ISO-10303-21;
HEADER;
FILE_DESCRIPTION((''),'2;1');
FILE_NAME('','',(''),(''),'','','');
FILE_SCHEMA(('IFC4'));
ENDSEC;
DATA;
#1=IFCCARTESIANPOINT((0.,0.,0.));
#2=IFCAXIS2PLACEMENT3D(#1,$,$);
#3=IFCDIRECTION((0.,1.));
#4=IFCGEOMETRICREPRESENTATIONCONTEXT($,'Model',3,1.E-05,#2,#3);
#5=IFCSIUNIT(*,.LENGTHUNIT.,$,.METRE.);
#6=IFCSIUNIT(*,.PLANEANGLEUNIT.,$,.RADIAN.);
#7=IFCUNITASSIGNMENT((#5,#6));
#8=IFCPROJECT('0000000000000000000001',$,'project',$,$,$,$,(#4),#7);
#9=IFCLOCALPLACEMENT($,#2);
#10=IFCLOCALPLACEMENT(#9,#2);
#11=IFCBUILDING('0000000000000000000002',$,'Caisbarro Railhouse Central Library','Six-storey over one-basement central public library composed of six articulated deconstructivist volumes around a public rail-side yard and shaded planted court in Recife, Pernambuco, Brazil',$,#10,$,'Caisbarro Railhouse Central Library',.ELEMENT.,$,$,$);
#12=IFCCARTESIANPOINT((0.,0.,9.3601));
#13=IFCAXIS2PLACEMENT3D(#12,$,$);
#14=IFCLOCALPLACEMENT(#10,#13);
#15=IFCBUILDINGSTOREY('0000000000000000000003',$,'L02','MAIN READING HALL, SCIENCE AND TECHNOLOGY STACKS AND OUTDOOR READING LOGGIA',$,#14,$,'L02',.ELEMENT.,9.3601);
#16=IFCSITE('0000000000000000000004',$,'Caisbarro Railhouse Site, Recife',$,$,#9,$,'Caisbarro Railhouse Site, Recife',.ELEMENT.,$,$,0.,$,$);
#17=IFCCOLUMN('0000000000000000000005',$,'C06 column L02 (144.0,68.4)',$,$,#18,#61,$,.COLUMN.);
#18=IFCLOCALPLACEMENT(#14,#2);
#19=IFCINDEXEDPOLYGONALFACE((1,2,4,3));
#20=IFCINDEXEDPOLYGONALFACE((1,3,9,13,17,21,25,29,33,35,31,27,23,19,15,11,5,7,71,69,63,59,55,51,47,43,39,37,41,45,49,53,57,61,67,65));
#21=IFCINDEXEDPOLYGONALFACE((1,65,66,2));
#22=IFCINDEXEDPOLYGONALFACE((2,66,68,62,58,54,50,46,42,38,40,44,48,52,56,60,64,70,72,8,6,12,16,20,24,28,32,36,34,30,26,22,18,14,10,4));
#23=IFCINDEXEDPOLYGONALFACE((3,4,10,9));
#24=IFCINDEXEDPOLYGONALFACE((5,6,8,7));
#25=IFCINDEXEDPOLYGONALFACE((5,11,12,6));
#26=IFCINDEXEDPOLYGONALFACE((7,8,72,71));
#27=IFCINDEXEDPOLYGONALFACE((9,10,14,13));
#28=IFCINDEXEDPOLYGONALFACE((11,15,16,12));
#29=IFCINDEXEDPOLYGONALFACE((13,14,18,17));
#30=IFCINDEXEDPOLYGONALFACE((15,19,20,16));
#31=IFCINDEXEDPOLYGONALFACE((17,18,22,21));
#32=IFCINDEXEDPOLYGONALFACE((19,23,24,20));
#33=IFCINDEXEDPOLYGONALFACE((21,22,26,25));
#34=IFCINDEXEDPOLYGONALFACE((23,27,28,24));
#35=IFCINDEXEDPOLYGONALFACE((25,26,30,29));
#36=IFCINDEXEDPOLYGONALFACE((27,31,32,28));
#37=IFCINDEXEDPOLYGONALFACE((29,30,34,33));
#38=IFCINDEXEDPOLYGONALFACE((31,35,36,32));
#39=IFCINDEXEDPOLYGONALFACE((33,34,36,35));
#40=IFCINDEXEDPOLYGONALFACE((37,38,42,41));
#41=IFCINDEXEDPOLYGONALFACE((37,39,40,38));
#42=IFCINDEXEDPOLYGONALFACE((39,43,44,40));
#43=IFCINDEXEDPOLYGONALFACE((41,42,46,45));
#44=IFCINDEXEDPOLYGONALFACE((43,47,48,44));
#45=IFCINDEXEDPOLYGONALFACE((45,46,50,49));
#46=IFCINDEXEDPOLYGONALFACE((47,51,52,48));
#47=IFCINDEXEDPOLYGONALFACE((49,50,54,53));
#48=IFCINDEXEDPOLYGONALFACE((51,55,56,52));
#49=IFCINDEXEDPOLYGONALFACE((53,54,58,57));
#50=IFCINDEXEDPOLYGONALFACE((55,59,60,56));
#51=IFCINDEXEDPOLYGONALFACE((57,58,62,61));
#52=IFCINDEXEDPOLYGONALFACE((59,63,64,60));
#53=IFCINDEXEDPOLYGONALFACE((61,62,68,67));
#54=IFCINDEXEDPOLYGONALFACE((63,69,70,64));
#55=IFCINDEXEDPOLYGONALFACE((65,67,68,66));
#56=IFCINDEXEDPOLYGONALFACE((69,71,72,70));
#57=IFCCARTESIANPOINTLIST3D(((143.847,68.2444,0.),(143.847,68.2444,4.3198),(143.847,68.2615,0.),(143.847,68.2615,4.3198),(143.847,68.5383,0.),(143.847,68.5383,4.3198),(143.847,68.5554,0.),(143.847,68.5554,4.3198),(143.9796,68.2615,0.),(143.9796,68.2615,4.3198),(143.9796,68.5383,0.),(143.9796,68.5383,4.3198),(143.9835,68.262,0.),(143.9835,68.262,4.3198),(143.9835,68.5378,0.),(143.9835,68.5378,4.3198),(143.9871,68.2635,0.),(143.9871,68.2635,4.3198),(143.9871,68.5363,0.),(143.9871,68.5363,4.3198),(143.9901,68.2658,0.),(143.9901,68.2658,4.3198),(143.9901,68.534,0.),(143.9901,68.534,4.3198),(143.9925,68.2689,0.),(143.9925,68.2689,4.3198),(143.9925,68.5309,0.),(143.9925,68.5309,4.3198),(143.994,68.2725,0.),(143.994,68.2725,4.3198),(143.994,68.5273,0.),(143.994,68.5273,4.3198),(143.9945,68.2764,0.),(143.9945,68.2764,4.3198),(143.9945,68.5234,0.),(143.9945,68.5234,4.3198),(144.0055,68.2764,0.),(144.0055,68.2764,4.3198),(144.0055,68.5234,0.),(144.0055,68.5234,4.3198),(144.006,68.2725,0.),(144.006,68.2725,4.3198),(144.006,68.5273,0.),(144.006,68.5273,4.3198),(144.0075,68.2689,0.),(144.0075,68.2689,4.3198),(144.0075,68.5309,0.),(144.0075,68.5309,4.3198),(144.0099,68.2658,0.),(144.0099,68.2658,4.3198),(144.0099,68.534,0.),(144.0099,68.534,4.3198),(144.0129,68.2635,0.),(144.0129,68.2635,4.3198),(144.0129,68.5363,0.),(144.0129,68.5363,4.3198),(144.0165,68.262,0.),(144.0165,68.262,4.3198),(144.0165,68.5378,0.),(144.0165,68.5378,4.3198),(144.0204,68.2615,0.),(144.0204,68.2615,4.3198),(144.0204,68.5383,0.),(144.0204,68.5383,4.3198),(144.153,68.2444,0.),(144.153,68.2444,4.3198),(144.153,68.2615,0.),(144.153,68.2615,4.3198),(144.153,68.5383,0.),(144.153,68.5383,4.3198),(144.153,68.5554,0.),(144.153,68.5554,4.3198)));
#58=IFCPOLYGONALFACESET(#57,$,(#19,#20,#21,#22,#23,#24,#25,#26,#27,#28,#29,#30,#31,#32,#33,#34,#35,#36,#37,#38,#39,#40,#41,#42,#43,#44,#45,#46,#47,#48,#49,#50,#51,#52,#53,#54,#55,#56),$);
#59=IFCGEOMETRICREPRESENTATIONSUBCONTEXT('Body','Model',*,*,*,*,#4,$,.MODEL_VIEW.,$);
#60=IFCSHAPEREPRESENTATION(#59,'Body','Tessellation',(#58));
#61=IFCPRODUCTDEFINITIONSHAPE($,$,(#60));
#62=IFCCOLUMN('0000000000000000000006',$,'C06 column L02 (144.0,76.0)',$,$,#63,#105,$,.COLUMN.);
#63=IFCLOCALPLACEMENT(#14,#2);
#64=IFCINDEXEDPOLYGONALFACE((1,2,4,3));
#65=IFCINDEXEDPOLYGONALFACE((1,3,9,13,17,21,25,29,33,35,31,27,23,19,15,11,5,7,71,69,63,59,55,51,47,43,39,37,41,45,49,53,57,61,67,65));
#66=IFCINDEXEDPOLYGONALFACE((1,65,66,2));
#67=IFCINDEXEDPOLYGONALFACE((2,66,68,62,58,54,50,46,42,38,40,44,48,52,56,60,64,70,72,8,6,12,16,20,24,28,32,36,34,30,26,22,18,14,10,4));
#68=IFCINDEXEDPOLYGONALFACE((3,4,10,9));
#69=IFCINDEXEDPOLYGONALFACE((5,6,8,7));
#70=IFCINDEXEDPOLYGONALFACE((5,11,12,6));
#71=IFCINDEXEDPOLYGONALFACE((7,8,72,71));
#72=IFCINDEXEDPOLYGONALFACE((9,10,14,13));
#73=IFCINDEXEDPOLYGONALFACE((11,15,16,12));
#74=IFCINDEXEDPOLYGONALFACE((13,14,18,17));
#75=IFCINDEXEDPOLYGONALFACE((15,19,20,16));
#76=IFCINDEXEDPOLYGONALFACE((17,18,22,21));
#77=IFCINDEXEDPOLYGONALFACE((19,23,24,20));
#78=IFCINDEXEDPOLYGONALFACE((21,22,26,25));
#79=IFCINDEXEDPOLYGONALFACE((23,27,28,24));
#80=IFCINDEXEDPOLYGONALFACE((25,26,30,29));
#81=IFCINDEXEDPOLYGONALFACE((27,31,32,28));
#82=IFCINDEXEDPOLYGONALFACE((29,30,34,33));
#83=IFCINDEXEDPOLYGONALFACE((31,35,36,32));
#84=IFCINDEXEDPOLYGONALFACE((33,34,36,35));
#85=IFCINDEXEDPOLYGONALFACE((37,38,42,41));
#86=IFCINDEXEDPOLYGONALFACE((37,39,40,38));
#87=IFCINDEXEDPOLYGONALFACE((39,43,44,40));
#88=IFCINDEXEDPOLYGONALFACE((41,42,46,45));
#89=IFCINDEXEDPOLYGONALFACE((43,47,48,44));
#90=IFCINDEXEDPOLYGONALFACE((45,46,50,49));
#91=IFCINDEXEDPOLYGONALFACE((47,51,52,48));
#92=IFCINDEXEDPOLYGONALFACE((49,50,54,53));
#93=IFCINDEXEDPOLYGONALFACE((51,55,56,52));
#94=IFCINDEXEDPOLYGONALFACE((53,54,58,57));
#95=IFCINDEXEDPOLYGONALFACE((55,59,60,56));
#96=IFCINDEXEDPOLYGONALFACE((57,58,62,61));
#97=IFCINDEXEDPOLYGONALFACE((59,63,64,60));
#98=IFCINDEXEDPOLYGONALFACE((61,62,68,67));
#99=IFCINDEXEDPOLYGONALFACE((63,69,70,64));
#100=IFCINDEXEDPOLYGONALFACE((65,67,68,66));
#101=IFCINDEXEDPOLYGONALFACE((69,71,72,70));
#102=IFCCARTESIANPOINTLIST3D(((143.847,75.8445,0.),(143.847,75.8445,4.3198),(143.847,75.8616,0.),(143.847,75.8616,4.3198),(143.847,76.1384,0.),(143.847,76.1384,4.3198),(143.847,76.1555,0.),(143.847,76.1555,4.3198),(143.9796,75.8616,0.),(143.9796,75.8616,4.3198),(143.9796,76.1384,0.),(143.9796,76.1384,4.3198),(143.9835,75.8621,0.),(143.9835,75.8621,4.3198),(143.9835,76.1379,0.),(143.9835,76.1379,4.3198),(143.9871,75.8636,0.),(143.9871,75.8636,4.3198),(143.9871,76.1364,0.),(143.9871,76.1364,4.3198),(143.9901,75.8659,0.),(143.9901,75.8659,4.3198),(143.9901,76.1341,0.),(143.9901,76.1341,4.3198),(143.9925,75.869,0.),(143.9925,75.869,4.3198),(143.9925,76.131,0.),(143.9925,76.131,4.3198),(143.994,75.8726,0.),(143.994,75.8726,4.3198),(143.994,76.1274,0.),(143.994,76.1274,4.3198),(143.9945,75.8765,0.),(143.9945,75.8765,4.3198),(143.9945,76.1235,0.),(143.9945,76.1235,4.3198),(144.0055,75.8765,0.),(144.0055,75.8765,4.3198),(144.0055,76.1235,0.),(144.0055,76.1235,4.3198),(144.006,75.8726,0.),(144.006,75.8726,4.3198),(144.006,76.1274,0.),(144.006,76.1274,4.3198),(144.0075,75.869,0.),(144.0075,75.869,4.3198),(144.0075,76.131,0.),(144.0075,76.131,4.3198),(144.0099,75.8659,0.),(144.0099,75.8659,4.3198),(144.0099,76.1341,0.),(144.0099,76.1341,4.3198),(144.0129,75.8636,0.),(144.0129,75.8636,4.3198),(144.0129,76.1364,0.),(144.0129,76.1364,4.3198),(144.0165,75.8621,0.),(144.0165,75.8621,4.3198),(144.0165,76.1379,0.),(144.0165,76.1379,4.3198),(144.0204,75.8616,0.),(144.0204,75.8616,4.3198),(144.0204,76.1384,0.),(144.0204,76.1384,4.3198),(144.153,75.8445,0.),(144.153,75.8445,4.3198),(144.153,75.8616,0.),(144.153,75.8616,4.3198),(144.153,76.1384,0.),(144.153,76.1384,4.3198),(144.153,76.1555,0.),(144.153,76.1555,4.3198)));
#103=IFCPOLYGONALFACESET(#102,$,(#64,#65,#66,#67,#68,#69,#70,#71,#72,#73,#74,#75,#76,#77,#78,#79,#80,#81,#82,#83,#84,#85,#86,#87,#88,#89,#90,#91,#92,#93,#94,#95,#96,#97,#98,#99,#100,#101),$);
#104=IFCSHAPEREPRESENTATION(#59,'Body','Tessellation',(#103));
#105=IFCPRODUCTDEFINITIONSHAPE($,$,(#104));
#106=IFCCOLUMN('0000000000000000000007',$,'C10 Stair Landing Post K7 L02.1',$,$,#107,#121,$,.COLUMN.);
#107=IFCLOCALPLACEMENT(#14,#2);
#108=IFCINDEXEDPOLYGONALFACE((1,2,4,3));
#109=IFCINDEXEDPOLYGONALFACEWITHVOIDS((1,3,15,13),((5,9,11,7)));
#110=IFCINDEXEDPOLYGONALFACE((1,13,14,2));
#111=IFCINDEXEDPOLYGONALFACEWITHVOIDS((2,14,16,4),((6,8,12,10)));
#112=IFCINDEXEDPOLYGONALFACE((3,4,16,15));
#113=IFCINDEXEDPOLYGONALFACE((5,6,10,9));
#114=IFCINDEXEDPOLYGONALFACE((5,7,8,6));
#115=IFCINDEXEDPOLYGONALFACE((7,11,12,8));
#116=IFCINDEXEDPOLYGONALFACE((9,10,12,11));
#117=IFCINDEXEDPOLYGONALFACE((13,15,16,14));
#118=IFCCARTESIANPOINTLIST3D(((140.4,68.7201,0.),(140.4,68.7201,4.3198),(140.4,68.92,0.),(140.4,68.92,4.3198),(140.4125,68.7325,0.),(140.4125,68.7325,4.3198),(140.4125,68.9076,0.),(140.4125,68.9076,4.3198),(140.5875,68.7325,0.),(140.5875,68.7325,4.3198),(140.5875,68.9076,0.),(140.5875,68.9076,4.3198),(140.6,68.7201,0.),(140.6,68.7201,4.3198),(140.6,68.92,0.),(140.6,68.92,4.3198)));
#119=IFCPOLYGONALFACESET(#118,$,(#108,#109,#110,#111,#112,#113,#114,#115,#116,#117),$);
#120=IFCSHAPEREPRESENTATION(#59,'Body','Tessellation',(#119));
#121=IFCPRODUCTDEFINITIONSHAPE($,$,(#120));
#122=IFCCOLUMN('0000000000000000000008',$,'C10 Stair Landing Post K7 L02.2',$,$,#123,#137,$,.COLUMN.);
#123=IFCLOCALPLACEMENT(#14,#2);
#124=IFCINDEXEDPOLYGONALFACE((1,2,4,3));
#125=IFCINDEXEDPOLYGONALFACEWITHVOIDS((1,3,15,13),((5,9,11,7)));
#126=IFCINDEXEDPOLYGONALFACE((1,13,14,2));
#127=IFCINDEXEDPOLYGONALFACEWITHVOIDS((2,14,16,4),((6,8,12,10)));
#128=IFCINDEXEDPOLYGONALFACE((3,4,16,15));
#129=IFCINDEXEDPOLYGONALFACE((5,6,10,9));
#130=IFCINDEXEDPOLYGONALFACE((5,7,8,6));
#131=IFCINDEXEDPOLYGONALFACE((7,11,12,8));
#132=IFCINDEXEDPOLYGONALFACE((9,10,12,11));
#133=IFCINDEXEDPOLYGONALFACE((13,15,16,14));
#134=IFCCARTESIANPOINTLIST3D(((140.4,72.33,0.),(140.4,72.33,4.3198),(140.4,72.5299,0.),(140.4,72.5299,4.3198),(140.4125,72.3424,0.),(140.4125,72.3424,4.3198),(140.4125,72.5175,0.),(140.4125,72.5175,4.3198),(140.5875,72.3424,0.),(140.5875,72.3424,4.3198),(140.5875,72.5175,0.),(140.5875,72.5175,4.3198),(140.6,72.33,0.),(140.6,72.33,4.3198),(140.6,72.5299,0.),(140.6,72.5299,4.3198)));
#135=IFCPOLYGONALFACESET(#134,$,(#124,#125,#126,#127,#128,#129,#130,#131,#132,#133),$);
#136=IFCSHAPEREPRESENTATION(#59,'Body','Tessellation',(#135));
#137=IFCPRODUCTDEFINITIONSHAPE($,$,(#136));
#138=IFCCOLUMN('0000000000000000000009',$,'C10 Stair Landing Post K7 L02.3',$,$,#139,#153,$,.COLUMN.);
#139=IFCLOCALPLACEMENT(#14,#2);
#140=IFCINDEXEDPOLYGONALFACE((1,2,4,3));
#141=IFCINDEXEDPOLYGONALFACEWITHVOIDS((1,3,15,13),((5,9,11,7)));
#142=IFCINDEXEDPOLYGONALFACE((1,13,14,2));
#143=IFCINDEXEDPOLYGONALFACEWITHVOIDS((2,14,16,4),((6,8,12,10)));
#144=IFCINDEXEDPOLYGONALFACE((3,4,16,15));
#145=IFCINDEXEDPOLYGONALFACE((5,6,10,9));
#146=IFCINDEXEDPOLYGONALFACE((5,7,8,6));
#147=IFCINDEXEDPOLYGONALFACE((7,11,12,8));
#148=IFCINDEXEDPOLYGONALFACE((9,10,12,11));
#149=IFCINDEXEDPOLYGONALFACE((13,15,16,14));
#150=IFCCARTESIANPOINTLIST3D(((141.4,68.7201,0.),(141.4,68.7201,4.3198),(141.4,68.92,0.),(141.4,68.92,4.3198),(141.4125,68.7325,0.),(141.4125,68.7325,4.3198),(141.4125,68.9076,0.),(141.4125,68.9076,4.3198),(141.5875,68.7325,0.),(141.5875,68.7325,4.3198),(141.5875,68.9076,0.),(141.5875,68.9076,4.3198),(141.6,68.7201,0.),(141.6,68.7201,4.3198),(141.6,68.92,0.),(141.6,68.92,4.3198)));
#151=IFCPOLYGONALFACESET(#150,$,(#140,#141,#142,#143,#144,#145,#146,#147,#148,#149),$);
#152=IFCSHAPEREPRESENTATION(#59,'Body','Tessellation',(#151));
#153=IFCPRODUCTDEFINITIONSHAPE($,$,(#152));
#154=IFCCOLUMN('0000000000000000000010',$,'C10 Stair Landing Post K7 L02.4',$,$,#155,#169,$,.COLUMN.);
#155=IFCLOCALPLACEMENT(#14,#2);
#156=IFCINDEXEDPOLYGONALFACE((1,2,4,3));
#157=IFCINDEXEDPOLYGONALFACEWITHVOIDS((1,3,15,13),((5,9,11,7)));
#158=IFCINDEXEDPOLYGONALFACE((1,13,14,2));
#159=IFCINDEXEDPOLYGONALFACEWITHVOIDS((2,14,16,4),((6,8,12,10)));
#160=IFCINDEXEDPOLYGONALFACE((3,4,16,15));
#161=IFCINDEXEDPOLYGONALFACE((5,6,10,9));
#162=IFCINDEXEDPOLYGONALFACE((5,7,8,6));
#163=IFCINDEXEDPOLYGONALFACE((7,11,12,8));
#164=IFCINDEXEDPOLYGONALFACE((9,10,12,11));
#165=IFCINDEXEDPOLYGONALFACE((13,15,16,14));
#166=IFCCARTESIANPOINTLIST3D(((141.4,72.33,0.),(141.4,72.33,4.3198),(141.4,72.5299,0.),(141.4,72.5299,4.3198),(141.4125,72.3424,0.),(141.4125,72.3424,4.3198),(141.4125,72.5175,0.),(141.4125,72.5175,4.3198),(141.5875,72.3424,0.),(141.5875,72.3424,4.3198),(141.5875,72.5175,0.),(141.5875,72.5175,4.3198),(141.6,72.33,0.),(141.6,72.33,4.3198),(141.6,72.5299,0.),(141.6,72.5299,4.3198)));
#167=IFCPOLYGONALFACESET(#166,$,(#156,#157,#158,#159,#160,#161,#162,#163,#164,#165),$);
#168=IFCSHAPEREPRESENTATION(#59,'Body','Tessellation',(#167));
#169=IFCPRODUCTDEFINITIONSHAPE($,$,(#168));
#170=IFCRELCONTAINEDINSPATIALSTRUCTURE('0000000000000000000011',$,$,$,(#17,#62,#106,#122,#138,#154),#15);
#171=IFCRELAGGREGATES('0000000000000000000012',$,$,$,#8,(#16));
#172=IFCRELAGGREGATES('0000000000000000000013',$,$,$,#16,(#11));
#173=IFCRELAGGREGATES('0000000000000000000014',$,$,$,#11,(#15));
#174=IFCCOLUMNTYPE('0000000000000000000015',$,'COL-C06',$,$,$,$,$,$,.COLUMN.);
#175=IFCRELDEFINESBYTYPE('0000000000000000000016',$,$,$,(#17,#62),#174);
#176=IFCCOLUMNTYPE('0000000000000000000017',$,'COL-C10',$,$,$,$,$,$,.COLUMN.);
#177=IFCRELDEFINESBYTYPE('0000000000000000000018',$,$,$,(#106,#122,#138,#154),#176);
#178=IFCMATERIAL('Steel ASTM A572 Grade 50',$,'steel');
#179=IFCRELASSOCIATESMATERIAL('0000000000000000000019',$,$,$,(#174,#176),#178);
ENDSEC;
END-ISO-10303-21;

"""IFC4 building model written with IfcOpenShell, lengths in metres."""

from ifc_helpers import new_model, si_unit, direction, frame, origin, origin_2d, place, context, subcontext, project, spatial, hollow_rectangle, i_section, extrude, material, material_profile, profile_set, type_object, element, save


model = new_model("IFC4")

# Units and contexts
model_context = context("Model", 3, precision=1e-05, world=origin(), true_north=direction((0.0, 1.0)))
body_context = subcontext(model_context, "Body", "Model", "MODEL_VIEW")
ifc_project = project(units=[si_unit("LENGTHUNIT", "METRE"), si_unit("PLANEANGLEUNIT", "RADIAN")], contexts=[model_context])

# Site, building, storey
site_placement = place(None, origin())
site = spatial("IfcSite", under=ifc_project, at=site_placement, Name="Caisbarro Railhouse Site, Recife", LongName="Caisbarro Railhouse Site, Recife", CompositionType="ELEMENT", RefElevation=0.0)
building_placement = place(site_placement, origin())
building = spatial("IfcBuilding", under=site, at=building_placement, Name="Caisbarro Railhouse Central Library", Description="Six-storey over one-basement central public library composed of six articulated deconstructivist volumes around a public rail-side yard and shaded planted court in Recife, Pernambuco, Brazil", LongName="Caisbarro Railhouse Central Library", CompositionType="ELEMENT")
storey_placement = place(building_placement, frame((0.0, 0.0, 9.3601)))
storey = spatial("IfcBuildingStorey", under=building, at=storey_placement, Name="L02", Description="MAIN READING HALL, SCIENCE AND TECHNOLOGY STACKS AND OUTDOOR READING LOGGIA", LongName="L02", CompositionType="ELEMENT", Elevation=9.3601)

# Columns
ifc_material_1 = material(Name="Steel ASTM A572 Grade 50", Category="steel")
ifc_material_profile_1 = material_profile(ifc_material_1, i_section(OverallWidth=0.3059, OverallDepth=0.311, WebThickness=0.011, FlangeThickness=0.0171, FilletRadius=0.0149, at=origin_2d()), Name="W310X107.0")
ifc_profile_set_1 = profile_set([ifc_material_profile_1], Name="Steel ASTM A572 Grade 50")
column_type_1 = type_object("IfcColumnType", Name="COL-C06", PredefinedType="COLUMN", material=ifc_profile_set_1)
for number, where, z_axis, x_axis, name in (
    (1, (144.0, 68.3999, 0.0), (0.0, 0.0, 1.0), (1.0, 0.0, 0.0), "C06 column L02 (144.0,68.4)"),
    (2, (144.0, 76.0, 0.0), (0.0, 0.0, 1.0), (1.0, 0.0, 0.0), "C06 column L02 (144.0,76.0)"),
):
    element("IfcColumn", number, at=place(storey_placement, frame(where, z_axis=z_axis, x_axis=x_axis)), inside=storey, type_object=column_type_1, Name=name, PredefinedType="COLUMN", context=body_context, shape_type="SweptSolid", body=[
        extrude(i_section(OverallWidth=0.3059, OverallDepth=0.311, WebThickness=0.011, FlangeThickness=0.0171, FilletRadius=0.0149, at=origin_2d()), origin(), (0.0, 0.0, 1.0), 4.3198),
    ])
ifc_material_profile_2 = material_profile(ifc_material_1, hollow_rectangle(XDim=0.2, YDim=0.2, WallThickness=0.0125, at=origin_2d()), Name="HSS200X200X12.5")
ifc_profile_set_2 = profile_set([ifc_material_profile_2], Name="Steel ASTM A572 Grade 50")
column_type_2 = type_object("IfcColumnType", Name="COL-C10", PredefinedType="COLUMN", material=ifc_profile_set_2)
for number, where, z_axis, x_axis, name in (
    (3, (140.5, 68.8201, 0.0), (0.0, 0.0, 1.0), (1.0, 0.0, 0.0), "C10 Stair Landing Post K7 L02.1"),
    (4, (140.5, 72.4299, 0.0), (0.0, 0.0, 1.0), (1.0, 0.0, 0.0), "C10 Stair Landing Post K7 L02.2"),
    (5, (141.5, 68.8201, 0.0), (0.0, 0.0, 1.0), (1.0, 0.0, 0.0), "C10 Stair Landing Post K7 L02.3"),
    (6, (141.5, 72.4299, 0.0), (0.0, 0.0, 1.0), (1.0, 0.0, 0.0), "C10 Stair Landing Post K7 L02.4"),
):
    element("IfcColumn", number, at=place(storey_placement, frame(where, z_axis=z_axis, x_axis=x_axis)), inside=storey, type_object=column_type_2, Name=name, PredefinedType="COLUMN", context=body_context, shape_type="SweptSolid", body=[
        extrude(hollow_rectangle(XDim=0.2, YDim=0.2, WallThickness=0.0125, at=origin_2d()), origin(), (0.0, 0.0, 1.0), 4.3198),
    ])

save(model, "model.ifc")
